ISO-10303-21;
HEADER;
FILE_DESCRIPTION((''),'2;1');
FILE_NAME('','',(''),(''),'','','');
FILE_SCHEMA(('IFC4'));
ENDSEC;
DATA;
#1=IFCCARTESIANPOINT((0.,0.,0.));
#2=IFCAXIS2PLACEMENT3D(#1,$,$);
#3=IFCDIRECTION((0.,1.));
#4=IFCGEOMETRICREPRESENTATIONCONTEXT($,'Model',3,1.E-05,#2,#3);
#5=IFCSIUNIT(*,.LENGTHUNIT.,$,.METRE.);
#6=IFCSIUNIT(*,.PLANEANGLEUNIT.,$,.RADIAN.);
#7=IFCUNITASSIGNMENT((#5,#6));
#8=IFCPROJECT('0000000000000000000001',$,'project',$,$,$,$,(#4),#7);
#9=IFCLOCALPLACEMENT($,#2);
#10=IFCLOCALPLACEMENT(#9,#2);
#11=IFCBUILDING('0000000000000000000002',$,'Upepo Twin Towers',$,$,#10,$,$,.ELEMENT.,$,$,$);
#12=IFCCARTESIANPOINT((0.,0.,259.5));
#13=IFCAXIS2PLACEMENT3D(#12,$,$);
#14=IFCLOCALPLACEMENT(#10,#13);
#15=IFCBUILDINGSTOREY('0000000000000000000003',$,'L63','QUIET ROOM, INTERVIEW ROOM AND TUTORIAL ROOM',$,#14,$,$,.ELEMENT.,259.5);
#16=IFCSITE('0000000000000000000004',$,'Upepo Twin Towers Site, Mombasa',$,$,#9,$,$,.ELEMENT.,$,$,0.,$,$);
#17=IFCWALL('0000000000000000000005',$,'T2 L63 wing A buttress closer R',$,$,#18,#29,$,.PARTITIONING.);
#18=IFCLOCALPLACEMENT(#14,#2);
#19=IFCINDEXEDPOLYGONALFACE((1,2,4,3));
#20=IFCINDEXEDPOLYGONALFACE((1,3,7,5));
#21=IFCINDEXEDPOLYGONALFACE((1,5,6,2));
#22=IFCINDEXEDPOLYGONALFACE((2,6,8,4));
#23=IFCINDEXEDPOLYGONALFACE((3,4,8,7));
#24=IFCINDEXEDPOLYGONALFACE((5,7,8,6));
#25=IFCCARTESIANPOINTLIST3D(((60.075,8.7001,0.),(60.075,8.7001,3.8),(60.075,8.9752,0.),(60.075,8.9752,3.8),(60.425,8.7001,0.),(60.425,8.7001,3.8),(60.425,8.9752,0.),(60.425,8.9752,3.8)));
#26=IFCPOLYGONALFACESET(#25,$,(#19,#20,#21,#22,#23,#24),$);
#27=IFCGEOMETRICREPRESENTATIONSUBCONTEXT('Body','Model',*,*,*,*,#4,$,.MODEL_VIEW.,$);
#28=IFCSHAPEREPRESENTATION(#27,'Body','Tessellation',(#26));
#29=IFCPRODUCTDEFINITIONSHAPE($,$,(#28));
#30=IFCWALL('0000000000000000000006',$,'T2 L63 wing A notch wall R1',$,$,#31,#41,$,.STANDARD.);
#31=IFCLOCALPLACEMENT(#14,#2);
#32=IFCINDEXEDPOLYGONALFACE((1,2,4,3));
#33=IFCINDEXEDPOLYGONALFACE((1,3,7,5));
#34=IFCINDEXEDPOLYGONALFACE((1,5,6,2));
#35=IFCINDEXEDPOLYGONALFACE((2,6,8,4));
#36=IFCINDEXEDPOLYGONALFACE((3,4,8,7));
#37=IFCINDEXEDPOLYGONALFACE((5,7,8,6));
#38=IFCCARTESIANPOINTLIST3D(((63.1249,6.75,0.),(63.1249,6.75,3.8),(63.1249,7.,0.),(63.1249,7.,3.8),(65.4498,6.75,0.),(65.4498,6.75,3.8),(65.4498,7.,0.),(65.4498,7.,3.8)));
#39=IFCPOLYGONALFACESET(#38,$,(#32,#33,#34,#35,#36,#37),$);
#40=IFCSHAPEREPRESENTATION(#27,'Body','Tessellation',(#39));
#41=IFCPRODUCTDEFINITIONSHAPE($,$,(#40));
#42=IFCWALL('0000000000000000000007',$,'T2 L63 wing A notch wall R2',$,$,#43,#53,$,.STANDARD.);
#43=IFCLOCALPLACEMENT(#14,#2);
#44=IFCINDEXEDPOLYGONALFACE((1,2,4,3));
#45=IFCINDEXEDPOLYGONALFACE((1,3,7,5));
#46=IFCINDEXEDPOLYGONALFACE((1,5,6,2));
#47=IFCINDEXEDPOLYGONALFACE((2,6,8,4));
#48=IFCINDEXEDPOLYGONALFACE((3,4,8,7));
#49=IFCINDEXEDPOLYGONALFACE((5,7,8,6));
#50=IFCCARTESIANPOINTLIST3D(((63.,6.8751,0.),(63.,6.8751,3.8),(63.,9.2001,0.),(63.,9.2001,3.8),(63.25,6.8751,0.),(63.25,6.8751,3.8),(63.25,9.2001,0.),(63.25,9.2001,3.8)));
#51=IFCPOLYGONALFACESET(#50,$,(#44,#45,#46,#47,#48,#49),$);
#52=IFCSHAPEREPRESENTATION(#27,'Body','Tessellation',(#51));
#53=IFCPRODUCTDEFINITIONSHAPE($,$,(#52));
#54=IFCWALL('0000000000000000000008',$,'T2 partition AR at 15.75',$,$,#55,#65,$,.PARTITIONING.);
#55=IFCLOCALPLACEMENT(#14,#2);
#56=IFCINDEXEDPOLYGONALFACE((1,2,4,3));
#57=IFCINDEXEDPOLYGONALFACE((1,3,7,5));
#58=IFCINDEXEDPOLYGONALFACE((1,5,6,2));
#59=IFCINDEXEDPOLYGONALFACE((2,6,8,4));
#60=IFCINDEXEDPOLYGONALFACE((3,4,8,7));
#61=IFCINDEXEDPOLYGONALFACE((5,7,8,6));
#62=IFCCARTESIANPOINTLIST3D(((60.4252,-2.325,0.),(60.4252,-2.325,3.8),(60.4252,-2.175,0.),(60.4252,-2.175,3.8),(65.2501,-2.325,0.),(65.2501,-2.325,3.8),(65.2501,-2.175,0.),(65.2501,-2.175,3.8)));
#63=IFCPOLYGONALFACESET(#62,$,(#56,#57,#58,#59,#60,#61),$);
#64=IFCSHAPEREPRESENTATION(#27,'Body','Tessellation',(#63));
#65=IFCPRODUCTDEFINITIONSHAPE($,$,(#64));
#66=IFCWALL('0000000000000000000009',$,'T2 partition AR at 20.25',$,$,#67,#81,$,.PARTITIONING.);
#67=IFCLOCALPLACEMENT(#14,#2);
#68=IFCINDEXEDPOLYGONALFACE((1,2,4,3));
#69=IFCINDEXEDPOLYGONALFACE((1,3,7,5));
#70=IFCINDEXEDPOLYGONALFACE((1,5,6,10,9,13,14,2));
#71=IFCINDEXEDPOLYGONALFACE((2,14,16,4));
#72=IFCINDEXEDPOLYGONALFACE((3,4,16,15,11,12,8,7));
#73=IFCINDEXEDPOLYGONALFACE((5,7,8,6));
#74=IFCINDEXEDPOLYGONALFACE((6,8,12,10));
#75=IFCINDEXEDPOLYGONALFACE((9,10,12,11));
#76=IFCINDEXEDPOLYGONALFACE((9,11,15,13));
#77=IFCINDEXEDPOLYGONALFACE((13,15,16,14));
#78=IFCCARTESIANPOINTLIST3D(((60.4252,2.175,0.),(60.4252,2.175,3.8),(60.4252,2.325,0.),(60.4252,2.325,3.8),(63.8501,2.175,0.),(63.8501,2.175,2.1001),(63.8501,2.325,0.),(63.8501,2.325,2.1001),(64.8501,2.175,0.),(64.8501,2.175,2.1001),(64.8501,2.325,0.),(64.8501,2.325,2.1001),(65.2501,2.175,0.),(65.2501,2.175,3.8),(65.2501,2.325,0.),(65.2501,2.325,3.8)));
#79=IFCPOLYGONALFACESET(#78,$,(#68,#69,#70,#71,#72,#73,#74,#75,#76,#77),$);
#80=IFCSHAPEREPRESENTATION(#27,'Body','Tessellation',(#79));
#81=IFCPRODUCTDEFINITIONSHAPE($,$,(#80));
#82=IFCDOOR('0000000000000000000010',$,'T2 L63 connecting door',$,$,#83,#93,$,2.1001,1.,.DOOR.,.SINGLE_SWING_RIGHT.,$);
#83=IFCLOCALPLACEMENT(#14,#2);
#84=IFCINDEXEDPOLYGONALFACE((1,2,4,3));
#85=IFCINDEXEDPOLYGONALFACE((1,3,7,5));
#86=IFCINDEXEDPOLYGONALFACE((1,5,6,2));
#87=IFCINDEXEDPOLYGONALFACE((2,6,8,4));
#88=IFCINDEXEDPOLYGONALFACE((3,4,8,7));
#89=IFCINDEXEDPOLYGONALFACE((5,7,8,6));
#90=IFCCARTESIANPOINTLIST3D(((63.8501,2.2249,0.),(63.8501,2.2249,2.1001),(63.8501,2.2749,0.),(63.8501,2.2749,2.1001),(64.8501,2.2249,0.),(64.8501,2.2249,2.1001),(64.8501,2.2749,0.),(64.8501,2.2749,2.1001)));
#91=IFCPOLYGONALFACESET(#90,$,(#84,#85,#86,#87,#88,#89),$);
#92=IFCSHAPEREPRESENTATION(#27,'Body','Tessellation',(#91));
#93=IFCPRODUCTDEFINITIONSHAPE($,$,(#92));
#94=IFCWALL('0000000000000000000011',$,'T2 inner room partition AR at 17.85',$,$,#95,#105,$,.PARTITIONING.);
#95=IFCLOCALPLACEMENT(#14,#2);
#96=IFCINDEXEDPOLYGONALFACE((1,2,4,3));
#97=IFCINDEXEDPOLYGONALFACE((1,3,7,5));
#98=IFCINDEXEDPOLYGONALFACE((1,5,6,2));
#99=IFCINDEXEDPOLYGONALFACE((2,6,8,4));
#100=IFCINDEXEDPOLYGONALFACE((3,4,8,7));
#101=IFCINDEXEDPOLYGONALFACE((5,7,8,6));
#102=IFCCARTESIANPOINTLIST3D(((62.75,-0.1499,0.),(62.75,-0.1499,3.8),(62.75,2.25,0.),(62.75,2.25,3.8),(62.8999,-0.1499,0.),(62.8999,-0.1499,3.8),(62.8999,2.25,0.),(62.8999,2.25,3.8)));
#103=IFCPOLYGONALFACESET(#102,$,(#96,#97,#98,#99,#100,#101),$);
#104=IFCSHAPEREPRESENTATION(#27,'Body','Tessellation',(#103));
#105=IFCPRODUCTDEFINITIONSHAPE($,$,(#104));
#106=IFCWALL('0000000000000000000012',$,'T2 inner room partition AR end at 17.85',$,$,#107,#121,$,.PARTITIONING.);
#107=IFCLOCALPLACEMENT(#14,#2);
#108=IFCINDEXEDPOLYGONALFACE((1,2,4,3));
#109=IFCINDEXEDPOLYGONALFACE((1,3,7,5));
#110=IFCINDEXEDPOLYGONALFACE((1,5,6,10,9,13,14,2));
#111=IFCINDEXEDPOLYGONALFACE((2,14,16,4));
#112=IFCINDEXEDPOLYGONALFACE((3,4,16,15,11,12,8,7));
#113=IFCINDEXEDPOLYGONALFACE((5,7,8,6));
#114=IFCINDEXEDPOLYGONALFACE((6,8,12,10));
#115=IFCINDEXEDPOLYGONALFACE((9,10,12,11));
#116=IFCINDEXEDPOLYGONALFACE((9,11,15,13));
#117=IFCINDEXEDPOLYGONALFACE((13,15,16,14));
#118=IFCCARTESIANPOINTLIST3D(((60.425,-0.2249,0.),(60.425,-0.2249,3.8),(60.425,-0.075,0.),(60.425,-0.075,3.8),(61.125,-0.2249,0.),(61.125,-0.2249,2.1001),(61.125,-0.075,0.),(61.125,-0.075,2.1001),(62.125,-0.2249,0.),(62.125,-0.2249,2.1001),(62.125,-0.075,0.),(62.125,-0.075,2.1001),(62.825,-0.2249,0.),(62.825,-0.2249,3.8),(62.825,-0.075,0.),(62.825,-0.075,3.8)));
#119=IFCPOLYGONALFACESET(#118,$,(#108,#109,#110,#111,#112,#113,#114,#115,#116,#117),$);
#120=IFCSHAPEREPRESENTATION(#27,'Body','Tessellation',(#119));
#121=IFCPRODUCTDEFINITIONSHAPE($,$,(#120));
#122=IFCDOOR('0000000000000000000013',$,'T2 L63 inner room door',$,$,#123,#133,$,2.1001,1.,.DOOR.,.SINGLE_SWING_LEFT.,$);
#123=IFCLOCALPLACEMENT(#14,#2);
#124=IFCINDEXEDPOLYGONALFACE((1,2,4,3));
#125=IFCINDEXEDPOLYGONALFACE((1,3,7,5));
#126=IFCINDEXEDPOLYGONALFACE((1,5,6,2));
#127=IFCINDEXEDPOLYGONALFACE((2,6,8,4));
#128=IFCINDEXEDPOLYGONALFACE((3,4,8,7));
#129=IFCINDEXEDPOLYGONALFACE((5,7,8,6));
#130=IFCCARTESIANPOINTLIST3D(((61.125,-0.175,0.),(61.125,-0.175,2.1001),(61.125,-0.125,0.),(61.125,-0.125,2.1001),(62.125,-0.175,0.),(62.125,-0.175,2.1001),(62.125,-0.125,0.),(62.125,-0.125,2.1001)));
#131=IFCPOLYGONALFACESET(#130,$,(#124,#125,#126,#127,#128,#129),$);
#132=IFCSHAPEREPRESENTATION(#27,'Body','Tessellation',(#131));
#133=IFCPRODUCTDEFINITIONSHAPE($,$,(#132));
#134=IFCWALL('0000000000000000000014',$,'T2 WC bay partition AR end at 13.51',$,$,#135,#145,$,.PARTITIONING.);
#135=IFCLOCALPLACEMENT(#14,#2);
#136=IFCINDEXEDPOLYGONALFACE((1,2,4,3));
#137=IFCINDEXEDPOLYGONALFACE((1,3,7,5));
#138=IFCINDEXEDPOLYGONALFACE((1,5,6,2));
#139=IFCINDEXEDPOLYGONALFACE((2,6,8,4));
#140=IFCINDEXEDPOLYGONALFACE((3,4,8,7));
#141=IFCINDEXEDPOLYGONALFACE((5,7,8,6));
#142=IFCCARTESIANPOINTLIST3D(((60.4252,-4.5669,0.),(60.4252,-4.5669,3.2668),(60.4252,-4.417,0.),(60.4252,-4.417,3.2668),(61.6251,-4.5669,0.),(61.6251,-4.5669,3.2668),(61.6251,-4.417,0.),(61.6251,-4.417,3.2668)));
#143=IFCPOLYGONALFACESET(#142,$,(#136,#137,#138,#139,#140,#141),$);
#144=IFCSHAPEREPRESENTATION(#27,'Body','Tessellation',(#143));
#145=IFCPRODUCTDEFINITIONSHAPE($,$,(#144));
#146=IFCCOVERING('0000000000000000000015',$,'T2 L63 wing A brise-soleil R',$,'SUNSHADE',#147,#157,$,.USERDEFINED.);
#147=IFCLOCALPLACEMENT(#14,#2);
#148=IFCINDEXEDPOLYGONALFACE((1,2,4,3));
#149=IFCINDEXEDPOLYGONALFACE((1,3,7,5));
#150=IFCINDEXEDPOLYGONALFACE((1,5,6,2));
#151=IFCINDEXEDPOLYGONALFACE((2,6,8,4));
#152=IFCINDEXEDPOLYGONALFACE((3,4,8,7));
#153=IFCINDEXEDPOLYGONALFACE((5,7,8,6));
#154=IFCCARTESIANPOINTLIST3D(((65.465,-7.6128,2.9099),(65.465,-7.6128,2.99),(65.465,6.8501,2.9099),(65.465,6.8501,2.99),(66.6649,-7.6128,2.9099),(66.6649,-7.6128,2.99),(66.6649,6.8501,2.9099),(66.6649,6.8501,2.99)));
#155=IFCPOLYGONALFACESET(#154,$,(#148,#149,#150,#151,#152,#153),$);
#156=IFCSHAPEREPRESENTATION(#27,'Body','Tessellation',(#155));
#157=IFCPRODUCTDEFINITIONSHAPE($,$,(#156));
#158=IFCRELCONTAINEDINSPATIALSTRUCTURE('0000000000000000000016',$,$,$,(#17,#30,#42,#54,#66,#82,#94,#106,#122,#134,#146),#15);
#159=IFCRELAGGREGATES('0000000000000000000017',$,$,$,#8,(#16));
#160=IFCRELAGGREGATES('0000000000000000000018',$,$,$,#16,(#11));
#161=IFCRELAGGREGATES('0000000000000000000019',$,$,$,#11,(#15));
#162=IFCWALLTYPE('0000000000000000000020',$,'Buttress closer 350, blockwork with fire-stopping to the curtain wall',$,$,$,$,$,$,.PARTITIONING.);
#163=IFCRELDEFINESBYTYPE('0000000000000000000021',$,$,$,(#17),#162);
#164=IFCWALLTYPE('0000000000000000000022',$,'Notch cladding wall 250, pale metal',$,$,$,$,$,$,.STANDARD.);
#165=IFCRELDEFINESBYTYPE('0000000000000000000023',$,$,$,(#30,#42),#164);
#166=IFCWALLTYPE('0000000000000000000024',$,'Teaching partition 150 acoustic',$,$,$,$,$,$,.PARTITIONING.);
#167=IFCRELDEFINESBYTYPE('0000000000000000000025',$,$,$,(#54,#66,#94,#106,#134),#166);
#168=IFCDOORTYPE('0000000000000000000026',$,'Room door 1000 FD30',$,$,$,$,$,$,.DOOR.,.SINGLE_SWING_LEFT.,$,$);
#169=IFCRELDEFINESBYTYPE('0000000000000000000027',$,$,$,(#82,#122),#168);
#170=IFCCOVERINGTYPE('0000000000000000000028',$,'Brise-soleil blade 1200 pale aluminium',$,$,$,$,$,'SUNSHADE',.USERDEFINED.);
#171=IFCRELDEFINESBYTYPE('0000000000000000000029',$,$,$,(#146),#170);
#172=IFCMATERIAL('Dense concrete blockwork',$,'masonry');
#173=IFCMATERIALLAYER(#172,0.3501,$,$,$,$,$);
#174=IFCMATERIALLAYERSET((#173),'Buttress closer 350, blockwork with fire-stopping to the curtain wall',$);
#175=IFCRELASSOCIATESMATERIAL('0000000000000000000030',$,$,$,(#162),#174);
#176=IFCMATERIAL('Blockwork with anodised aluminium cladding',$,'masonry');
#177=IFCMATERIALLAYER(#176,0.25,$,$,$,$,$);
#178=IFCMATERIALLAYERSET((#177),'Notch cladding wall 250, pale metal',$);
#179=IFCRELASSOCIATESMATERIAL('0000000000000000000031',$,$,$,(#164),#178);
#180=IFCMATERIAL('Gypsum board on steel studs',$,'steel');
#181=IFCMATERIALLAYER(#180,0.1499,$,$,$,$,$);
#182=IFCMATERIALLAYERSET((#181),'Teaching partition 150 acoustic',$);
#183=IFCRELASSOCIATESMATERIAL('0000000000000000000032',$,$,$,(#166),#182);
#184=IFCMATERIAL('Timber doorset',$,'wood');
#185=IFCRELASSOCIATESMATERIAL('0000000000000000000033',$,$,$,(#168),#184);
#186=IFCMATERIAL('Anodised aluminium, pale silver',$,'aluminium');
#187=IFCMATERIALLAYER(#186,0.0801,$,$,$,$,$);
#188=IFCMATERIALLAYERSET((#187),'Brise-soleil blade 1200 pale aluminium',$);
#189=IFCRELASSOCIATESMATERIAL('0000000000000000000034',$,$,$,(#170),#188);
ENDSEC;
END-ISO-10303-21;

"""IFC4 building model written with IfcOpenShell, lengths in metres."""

from ifc_helpers import new_model, si_unit, direction, frame, frame_2d, origin, origin_2d, place, context, subcontext, project, spatial, rectangle, extrude, material, layer, layer_set, type_object, element, fill, save


model = new_model("IFC4")

# Units and contexts
model_context = context("Model", 3, precision=1e-05, world=origin(), true_north=direction((0.0, 1.0)))
body_context = subcontext(model_context, "Body", "Model", "MODEL_VIEW")
ifc_project = project(units=[si_unit("LENGTHUNIT", "METRE"), si_unit("PLANEANGLEUNIT", "RADIAN")], contexts=[model_context])

# Site, building, storey
site_placement = place(None, origin())
site = spatial("IfcSite", under=ifc_project, at=site_placement, Name="Upepo Twin Towers Site, Mombasa", CompositionType="ELEMENT", RefElevation=0.0)
building_placement = place(site_placement, origin())
building = spatial("IfcBuilding", under=site, at=building_placement, Name="Upepo Twin Towers", CompositionType="ELEMENT")
storey_placement = place(building_placement, frame((0.0, 0.0, 259.5)))
storey = spatial("IfcBuildingStorey", under=building, at=storey_placement, Name="L63", Description="QUIET ROOM, INTERVIEW ROOM AND TUTORIAL ROOM", CompositionType="ELEMENT", Elevation=259.5)

# Walls
ifc_material_1 = material(Name="Dense concrete blockwork", Category="masonry")
ifc_layer_1 = layer(ifc_material_1, 0.3501)
ifc_layer_set_1 = layer_set([ifc_layer_1], Name="Buttress closer 350, blockwork with fire-stopping to the curtain wall")
wall_type_1 = type_object("IfcWallType", Name="Buttress closer 350, blockwork with fire-stopping to the curtain wall", PredefinedType="PARTITIONING", material=ifc_layer_set_1)
wall_1_placement = place(storey_placement, frame((60.25, 8.7, 0.0), z_axis=(0.0, 0.0, 1.0), x_axis=(0.0, 1.0, 0.0)))
element("IfcWall", 1, at=wall_1_placement, inside=storey, type_object=wall_type_1, Name="T2 L63 wing A buttress closer R", PredefinedType="PARTITIONING", context=body_context, shape_type="SweptSolid", body=[
    extrude(rectangle(XDim=0.2751, YDim=0.3501, at=frame_2d((0.1377, 0.0))), origin(), (0.0, 0.0, 1.0), 3.8),
])
ifc_material_2 = material(Name="Blockwork with anodised aluminium cladding", Category="masonry")
ifc_layer_2 = layer(ifc_material_2, 0.25)
ifc_layer_set_2 = layer_set([ifc_layer_2], Name="Notch cladding wall 250, pale metal")
wall_type_2 = type_object("IfcWallType", Name="Notch cladding wall 250, pale metal", PredefinedType="STANDARD", material=ifc_layer_set_2)
for number, where, z_axis, x_axis, name in (
    (2, (65.45, 6.875, 0.0), (0.0, 0.0, 1.0), (-1.0, 0.0, 0.0), "T2 L63 wing A notch wall R1"),
    (3, (63.125, 6.875, 0.0), (0.0, 0.0, 1.0), (0.0, 1.0, 0.0), "T2 L63 wing A notch wall R2"),
):
    element("IfcWall", number, at=place(storey_placement, frame(where, z_axis=z_axis, x_axis=x_axis)), inside=storey, type_object=wall_type_2, Name=name, PredefinedType="STANDARD", context=body_context, shape_type="SweptSolid", body=[
        extrude(rectangle(XDim=2.325, YDim=0.25, at=frame_2d((1.1626, 0.0))), origin(), (0.0, 0.0, 1.0), 3.8),
    ])
ifc_material_3 = material(Name="Gypsum board on steel studs", Category="steel")
ifc_layer_3 = layer(ifc_material_3, 0.1499)
ifc_layer_set_3 = layer_set([ifc_layer_3], Name="Teaching partition 150 acoustic")
wall_type_3 = type_object("IfcWallType", Name="Teaching partition 150 acoustic", PredefinedType="PARTITIONING", material=ifc_layer_set_3)
wall_2_placement = place(storey_placement, frame((60.425, -2.25, 0.0), z_axis=(0.0, 0.0, 1.0), x_axis=(1.0, 0.0, 0.0)))
element("IfcWall", 4, at=wall_2_placement, inside=storey, type_object=wall_type_3, Name="T2 partition AR at 15.75", PredefinedType="PARTITIONING", context=body_context, shape_type="SweptSolid", body=[
    extrude(rectangle(XDim=4.825, YDim=0.1499, at=frame_2d((2.4126, 0.0))), origin(), (0.0, 0.0, 1.0), 3.8),
])

# Wall, opening, door
wall_3_placement = place(storey_placement, frame((60.425, 2.25, 0.0), z_axis=(0.0, 0.0, 1.0), x_axis=(1.0, 0.0, 0.0)))
wall_3 = element("IfcWall", 5, at=wall_3_placement, inside=storey, type_object=wall_type_3, Name="T2 partition AR at 20.25", PredefinedType="PARTITIONING", context=body_context, shape_type="SweptSolid", body=[
    extrude(rectangle(XDim=4.825, YDim=0.1499, at=frame_2d((2.4126, 0.0))), origin(), (0.0, 0.0, 1.0), 3.8),
])
opening_1_placement = place(wall_3_placement, frame((3.425, 0.0, 0.0)))
opening_1 = element("IfcOpeningElement", 6, at=opening_1_placement, cuts=wall_3, PredefinedType="OPENING", context=body_context, shape_type="SweptSolid", body=[
    extrude(rectangle(XDim=1.0, YDim=2.1001, at=frame_2d((0.5, 1.05))), frame((0.0, 0.085, 0.0), z_axis=(0.0, -1.0, 0.0), x_axis=(1.0, 0.0, 0.0)), (0.0, 0.0, 1.0), 0.1699),
])
ifc_material_4 = material(Name="Timber doorset", Category="wood")
door_type = type_object("IfcDoorType", Name="Room door 1000 FD30", OperationType="SINGLE_SWING_LEFT", PredefinedType="DOOR", material=ifc_material_4)
door_1_placement = place(opening_1_placement, origin())
door_1 = element("IfcDoor", 7, at=door_1_placement, inside=storey, type_object=door_type, Name="T2 L63 connecting door", OperationType="SINGLE_SWING_RIGHT", OverallHeight=2.1001, OverallWidth=1.0, PredefinedType="DOOR", context=body_context, shape_type="SweptSolid", body=[
    extrude(rectangle(XDim=1.0, YDim=2.1001, at=frame_2d((0.5, 1.05))), frame((0.0, 0.0249, 0.0), z_axis=(0.0, -1.0, 0.0), x_axis=(1.0, 0.0, 0.0)), (0.0, 0.0, 1.0), 0.05),
])
fill(opening_1, door_1)

# Wall
wall_4_placement = place(storey_placement, frame((62.825, -0.1499, 0.0), z_axis=(0.0, 0.0, 1.0), x_axis=(0.0, 1.0, 0.0)))
element("IfcWall", 8, at=wall_4_placement, inside=storey, type_object=wall_type_3, Name="T2 inner room partition AR at 17.85", PredefinedType="PARTITIONING", context=body_context, shape_type="SweptSolid", body=[
    extrude(rectangle(XDim=2.3999, YDim=0.1499, at=frame_2d((1.2, 0.0))), origin(), (0.0, 0.0, 1.0), 3.8),
])

# Wall, opening, door
wall_5_placement = place(storey_placement, frame((60.425, -0.1499, 0.0), z_axis=(0.0, 0.0, 1.0), x_axis=(1.0, 0.0, 0.0)))
wall_5 = element("IfcWall", 9, at=wall_5_placement, inside=storey, type_object=wall_type_3, Name="T2 inner room partition AR end at 17.85", PredefinedType="PARTITIONING", context=body_context, shape_type="SweptSolid", body=[
    extrude(rectangle(XDim=2.3999, YDim=0.1499, at=frame_2d((1.2, 0.0))), origin(), (0.0, 0.0, 1.0), 3.8),
])
opening_2_placement = place(wall_5_placement, frame((0.7, 0.0, 0.0)))
opening_2 = element("IfcOpeningElement", 10, at=opening_2_placement, cuts=wall_5, PredefinedType="OPENING", context=body_context, shape_type="SweptSolid", body=[
    extrude(rectangle(XDim=1.0, YDim=2.1001, at=frame_2d((0.5, 1.05))), frame((0.0, 0.085, 0.0), z_axis=(0.0, -1.0, 0.0), x_axis=(1.0, 0.0, 0.0)), (0.0, 0.0, 1.0), 0.1699),
])
door_2_placement = place(opening_2_placement, origin())
door_2 = element("IfcDoor", 11, at=door_2_placement, inside=storey, type_object=door_type, Name="T2 L63 inner room door", OperationType="SINGLE_SWING_LEFT", OverallHeight=2.1001, OverallWidth=1.0, PredefinedType="DOOR", context=body_context, shape_type="SweptSolid", body=[
    extrude(rectangle(XDim=1.0, YDim=2.1001, at=frame_2d((0.5, 1.05))), frame((0.0, 0.0249, 0.0), z_axis=(0.0, -1.0, 0.0), x_axis=(1.0, 0.0, 0.0)), (0.0, 0.0, 1.0), 0.05),
])
fill(opening_2, door_2)

# Wall
wall_6_placement = place(storey_placement, frame((60.425, -4.4919, 0.0), z_axis=(0.0, 0.0, 1.0), x_axis=(1.0, 0.0, 0.0)))
element("IfcWall", 12, at=wall_6_placement, inside=storey, type_object=wall_type_3, Name="T2 WC bay partition AR end at 13.51", PredefinedType="PARTITIONING", context=body_context, shape_type="SweptSolid", body=[
    extrude(rectangle(XDim=1.2, YDim=0.1499, at=frame_2d((0.6001, 0.0))), origin(), (0.0, 0.0, 1.0), 3.2668),
])

# Covering
ifc_material_5 = material(Name="Anodised aluminium, pale silver", Category="aluminium")
ifc_layer_4 = layer(ifc_material_5, 0.0801)
ifc_layer_set_4 = layer_set([ifc_layer_4], Name="Brise-soleil blade 1200 pale aluminium")
covering_type = type_object("IfcCoveringType", Name="Brise-soleil blade 1200 pale aluminium", ElementType="SUNSHADE", PredefinedType="USERDEFINED", material=ifc_layer_set_4)
covering_placement = place(storey_placement, frame((66.0649, -0.3813, 2.9099), z_axis=(0.0, 0.0, 1.0), x_axis=(0.0, 1.0, 0.0)))
element("IfcCovering", 13, at=covering_placement, inside=storey, type_object=covering_type, Name="T2 L63 wing A brise-soleil R", ObjectType="SUNSHADE", PredefinedType="USERDEFINED", context=body_context, shape_type="SweptSolid", body=[
    extrude(rectangle(XDim=14.4629, YDim=1.2, at=origin_2d()), origin(), (0.0, 0.0, 1.0), 0.0801),
])

save(model, "model.ifc")
